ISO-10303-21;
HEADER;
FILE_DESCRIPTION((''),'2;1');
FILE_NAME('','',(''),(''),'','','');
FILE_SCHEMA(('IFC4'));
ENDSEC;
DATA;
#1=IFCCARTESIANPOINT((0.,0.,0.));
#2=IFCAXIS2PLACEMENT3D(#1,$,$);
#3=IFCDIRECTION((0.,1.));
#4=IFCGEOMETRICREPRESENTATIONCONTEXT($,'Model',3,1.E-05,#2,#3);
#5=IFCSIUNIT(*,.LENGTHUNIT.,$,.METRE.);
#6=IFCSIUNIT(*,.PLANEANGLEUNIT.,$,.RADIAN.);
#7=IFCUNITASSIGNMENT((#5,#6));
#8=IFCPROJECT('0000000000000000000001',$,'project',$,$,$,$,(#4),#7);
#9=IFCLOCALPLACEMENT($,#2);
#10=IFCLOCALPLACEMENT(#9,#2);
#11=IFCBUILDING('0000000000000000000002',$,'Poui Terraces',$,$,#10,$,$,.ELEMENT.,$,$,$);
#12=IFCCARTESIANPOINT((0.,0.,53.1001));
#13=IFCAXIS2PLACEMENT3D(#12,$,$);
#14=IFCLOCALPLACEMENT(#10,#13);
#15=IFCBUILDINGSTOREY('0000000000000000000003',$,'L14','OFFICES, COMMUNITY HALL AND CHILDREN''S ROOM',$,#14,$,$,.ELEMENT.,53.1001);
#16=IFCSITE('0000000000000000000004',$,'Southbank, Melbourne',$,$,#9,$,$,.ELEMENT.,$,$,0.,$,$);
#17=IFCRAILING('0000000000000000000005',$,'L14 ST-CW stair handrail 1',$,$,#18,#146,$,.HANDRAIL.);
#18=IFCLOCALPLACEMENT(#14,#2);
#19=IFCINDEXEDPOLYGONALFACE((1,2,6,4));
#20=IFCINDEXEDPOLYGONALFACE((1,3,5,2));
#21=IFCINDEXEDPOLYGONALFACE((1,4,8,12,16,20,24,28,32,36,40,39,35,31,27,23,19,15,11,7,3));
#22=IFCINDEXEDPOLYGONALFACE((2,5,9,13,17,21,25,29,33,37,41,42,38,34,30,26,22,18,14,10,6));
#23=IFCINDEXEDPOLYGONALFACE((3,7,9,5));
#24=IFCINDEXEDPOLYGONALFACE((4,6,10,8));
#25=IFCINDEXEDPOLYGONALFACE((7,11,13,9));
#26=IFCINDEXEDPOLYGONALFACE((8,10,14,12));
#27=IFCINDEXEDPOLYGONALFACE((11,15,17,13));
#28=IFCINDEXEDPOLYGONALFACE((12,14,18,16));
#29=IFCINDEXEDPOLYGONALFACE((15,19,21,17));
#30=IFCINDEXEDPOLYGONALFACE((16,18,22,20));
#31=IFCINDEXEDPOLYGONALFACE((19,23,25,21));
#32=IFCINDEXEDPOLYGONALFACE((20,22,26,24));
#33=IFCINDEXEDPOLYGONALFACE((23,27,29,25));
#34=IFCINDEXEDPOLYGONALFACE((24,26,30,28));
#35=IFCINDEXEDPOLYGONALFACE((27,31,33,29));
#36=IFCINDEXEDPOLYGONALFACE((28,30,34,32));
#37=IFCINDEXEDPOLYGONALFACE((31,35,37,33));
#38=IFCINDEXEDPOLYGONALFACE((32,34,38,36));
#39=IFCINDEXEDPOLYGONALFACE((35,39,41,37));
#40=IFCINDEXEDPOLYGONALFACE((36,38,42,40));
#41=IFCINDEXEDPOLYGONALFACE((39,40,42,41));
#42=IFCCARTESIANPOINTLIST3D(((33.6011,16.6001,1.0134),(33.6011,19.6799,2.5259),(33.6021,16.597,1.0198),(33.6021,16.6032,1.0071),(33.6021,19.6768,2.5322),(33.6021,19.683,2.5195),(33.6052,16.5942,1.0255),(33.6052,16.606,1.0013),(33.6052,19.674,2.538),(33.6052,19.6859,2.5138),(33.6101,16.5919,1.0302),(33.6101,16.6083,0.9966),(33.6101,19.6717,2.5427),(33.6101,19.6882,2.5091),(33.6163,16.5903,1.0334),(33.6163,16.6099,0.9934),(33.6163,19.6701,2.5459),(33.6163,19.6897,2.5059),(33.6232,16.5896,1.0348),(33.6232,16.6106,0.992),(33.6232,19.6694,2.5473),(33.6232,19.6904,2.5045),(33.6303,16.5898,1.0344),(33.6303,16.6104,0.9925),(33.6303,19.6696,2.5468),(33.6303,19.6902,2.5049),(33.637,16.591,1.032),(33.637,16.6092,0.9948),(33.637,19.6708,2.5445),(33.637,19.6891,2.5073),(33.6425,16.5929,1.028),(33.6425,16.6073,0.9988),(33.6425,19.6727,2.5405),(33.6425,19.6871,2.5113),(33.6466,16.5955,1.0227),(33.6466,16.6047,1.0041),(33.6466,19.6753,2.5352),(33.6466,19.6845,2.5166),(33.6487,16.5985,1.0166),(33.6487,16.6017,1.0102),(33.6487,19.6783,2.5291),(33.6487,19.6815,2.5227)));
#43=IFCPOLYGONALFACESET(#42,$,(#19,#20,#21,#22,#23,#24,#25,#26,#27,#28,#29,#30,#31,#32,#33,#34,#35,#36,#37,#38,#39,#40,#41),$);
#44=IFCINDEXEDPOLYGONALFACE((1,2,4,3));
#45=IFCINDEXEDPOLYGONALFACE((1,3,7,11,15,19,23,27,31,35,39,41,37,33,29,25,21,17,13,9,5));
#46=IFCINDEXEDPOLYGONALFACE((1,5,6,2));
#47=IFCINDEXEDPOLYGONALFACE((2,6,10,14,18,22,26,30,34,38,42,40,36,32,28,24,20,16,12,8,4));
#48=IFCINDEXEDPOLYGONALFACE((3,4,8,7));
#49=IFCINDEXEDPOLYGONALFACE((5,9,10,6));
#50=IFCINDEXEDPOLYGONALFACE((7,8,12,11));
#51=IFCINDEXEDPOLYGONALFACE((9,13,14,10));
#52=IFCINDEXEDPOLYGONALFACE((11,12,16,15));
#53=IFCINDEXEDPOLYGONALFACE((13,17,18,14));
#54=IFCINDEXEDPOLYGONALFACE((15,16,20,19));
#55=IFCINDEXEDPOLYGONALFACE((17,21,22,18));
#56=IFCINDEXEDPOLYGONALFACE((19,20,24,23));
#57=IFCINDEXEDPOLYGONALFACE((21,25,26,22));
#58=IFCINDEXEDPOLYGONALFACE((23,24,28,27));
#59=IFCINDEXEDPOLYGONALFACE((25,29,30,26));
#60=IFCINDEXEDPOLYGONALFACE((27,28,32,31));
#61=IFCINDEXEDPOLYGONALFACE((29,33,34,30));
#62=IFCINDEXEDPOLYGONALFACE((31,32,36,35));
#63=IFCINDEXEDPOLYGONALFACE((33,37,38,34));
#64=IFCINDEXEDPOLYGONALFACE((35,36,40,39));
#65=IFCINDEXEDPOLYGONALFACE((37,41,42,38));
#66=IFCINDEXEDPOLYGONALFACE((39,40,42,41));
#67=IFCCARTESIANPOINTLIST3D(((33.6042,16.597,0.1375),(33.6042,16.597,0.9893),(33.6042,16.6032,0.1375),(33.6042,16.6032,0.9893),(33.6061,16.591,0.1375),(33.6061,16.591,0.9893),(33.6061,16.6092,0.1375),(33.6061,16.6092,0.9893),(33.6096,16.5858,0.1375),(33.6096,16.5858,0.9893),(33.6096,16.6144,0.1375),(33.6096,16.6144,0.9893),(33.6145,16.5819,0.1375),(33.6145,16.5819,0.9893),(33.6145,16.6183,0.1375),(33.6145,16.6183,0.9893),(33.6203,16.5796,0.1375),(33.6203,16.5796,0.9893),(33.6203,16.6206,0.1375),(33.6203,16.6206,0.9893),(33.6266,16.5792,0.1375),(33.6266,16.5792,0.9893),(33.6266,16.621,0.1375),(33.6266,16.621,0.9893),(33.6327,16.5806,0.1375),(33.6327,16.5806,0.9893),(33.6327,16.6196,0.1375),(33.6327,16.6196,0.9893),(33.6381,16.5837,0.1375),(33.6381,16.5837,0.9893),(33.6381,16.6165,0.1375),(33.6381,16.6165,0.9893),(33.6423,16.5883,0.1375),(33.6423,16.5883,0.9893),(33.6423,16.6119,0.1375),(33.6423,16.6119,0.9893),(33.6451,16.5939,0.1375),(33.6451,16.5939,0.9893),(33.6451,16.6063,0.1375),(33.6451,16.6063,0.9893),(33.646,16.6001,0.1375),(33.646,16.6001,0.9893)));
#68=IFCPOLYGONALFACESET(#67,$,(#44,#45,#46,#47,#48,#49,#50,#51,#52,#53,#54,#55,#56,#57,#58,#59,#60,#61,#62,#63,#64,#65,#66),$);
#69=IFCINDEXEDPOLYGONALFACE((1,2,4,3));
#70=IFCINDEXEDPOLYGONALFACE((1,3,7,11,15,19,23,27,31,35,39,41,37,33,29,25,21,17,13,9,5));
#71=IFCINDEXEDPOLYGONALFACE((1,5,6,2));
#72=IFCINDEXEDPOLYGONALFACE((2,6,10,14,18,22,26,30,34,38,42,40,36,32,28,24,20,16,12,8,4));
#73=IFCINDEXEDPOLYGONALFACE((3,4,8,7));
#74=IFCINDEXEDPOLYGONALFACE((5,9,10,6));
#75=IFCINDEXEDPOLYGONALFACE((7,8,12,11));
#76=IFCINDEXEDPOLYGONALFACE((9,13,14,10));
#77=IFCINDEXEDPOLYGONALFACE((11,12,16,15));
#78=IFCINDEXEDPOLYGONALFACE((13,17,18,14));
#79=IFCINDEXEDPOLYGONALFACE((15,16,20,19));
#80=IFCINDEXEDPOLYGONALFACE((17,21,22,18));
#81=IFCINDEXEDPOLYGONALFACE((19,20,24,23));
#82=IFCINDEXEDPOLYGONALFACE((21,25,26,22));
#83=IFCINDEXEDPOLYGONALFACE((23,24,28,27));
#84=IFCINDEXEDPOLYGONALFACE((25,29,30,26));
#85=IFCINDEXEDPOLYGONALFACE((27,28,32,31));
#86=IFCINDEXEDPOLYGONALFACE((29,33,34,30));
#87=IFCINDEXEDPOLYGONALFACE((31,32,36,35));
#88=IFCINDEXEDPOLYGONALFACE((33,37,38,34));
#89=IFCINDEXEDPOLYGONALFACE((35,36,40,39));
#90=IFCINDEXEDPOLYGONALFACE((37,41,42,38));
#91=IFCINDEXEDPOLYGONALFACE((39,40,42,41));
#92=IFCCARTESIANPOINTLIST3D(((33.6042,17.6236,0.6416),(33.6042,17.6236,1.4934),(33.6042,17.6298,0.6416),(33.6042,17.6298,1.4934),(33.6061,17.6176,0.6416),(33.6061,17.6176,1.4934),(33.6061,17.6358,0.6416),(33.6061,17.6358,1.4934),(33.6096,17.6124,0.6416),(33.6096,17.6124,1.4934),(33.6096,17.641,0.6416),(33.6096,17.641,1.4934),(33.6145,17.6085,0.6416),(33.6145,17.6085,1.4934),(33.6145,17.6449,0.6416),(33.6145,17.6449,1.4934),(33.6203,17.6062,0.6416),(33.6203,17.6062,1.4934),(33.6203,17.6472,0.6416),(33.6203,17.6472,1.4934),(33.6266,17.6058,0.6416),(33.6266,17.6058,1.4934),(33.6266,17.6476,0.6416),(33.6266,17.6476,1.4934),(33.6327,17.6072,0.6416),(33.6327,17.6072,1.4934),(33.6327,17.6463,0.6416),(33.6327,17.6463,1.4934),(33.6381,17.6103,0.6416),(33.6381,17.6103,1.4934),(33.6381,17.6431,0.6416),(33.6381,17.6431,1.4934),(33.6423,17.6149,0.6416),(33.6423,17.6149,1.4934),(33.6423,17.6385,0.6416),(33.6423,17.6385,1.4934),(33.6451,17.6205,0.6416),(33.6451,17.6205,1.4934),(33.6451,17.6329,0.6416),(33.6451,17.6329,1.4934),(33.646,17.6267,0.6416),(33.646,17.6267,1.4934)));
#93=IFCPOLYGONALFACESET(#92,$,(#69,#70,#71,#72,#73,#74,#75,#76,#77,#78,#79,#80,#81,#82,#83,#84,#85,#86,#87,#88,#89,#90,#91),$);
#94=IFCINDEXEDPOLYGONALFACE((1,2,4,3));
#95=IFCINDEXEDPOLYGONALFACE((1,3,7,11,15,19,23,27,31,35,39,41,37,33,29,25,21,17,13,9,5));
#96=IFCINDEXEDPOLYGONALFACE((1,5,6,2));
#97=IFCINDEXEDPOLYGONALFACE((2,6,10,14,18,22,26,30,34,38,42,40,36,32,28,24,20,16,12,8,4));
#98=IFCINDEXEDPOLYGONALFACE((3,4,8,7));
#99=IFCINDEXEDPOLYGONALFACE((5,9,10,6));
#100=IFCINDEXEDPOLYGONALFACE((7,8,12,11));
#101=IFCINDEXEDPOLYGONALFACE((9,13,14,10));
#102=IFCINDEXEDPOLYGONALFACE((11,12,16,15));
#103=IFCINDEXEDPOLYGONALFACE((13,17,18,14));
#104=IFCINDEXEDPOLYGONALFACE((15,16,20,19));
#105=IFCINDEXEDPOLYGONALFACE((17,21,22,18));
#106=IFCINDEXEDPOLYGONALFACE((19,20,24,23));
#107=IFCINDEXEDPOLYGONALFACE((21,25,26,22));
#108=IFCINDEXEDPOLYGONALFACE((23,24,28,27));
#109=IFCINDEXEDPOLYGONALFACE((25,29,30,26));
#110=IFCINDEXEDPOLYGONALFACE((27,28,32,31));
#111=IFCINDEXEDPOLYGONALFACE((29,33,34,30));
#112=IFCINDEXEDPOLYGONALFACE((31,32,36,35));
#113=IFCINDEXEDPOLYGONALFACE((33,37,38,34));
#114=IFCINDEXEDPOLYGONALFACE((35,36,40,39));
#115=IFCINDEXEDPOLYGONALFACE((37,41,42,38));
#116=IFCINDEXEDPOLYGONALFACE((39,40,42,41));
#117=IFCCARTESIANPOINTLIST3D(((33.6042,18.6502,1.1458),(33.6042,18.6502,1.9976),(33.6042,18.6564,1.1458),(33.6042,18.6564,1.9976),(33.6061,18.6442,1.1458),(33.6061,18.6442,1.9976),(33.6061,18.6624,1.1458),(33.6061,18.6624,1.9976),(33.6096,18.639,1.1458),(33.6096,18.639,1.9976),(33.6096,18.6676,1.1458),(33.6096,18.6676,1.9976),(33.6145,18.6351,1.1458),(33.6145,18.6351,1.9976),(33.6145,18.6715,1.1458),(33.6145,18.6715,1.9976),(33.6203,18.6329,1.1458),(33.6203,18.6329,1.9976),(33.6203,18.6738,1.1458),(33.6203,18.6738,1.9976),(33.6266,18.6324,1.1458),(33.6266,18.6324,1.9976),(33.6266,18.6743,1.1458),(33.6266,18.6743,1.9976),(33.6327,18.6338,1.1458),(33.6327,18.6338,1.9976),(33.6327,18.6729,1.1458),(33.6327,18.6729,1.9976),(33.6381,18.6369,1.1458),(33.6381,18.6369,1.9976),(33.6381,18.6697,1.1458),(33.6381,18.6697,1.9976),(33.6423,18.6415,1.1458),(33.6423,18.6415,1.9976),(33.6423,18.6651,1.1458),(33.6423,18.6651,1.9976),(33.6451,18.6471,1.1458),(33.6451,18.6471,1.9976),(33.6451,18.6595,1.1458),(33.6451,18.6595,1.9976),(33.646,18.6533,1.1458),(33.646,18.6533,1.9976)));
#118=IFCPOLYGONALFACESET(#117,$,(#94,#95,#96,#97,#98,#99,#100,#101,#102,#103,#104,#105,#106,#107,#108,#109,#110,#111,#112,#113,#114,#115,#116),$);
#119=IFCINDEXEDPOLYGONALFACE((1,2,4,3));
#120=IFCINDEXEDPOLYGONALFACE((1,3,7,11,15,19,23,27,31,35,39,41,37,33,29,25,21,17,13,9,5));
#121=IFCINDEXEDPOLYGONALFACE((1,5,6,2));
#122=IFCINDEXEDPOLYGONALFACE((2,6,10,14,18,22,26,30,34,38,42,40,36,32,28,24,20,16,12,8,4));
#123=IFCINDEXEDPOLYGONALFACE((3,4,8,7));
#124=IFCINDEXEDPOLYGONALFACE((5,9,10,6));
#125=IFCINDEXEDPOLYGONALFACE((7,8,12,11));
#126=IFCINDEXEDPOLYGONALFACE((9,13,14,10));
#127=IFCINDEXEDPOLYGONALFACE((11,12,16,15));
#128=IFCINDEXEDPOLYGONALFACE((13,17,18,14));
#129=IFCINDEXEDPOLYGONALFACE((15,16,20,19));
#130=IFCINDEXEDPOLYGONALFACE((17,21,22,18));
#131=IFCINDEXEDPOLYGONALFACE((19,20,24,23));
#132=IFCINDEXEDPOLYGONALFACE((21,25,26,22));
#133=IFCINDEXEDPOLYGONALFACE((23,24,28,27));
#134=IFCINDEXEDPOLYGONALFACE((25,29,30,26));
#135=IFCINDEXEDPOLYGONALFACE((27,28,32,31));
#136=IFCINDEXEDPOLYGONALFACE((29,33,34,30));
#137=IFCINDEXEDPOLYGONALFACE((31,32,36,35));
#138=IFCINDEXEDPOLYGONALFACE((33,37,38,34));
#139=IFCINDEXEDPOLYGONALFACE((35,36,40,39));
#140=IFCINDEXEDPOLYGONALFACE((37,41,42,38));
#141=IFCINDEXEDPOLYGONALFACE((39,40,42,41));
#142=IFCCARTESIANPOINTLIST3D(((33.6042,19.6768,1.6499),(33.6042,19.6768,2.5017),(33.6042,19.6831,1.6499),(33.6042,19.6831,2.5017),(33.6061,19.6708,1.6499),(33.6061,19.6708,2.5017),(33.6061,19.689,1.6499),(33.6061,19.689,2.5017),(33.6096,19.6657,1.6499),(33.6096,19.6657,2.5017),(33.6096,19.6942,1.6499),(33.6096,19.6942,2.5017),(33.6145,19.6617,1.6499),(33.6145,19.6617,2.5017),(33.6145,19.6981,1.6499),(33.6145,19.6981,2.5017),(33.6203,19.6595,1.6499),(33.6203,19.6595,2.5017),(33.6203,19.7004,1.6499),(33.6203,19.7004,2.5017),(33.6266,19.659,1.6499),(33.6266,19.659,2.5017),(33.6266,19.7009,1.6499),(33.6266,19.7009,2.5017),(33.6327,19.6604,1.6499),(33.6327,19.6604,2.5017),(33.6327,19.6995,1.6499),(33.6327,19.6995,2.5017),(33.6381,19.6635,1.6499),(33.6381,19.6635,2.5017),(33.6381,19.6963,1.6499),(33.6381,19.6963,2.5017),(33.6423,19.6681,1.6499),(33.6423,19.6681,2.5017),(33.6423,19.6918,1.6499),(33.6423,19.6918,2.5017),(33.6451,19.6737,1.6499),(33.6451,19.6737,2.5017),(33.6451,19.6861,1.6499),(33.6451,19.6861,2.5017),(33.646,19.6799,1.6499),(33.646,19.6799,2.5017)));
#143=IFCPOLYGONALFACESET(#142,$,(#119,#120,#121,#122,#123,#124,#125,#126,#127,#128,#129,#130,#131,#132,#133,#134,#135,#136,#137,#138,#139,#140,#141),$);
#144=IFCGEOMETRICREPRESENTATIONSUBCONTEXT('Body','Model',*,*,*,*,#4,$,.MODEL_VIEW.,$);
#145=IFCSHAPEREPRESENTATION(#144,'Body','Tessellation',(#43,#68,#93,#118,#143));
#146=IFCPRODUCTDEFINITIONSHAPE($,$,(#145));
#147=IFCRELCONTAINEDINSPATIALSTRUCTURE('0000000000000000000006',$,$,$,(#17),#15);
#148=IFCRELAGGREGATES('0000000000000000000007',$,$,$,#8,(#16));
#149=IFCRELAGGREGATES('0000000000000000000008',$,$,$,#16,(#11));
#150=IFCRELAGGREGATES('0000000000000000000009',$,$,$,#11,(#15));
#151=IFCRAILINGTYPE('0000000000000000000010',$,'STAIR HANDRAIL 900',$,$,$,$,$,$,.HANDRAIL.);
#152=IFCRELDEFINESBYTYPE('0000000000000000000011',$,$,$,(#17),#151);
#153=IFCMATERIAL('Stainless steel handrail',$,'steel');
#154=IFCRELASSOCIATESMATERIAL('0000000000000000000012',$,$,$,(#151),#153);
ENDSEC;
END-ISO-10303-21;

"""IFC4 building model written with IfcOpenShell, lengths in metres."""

from ifc_helpers import new_model, si_unit, direction, frame, origin, origin_2d, place, context, subcontext, project, spatial, circle, extrude, material, type_object, element, save


model = new_model("IFC4")

# Units and contexts
model_context = context("Model", 3, precision=1e-05, world=origin(), true_north=direction((0.0, 1.0)))
body_context = subcontext(model_context, "Body", "Model", "MODEL_VIEW")
ifc_project = project(units=[si_unit("LENGTHUNIT", "METRE"), si_unit("PLANEANGLEUNIT", "RADIAN")], contexts=[model_context])

# Site, building, storey
site_placement = place(None, origin())
site = spatial("IfcSite", under=ifc_project, at=site_placement, Name="Southbank, Melbourne", CompositionType="ELEMENT", RefElevation=0.0)
building_placement = place(site_placement, origin())
building = spatial("IfcBuilding", under=site, at=building_placement, Name="Poui Terraces", CompositionType="ELEMENT")
storey_placement = place(building_placement, frame((0.0, 0.0, 53.1001)))
storey = spatial("IfcBuildingStorey", under=building, at=storey_placement, Name="L14", Description="OFFICES, COMMUNITY HALL AND CHILDREN'S ROOM", CompositionType="ELEMENT", Elevation=53.1001)

# Railing
ifc_material_1 = material(Name="Stainless steel handrail", Category="steel")
railing_type_1 = type_object("IfcRailingType", Name="STAIR HANDRAIL 900", PredefinedType="HANDRAIL", material=ifc_material_1)
railing_1_placement = place(storey_placement, frame((33.625, 16.6001, 0.1375)))
element("IfcRailing", 1, at=railing_1_placement, inside=storey, type_object=railing_type_1, Name="L14 ST-CW stair handrail 1", PredefinedType="HANDRAIL", context=body_context, shape_type="SweptSolid", body=[
    extrude(circle(Radius=0.0239, at=origin_2d()), frame((0.0, 0.0, 0.876), z_axis=(0.0, 0.897606, 0.440798), x_axis=(-1.0, 0.0, 0.0)), (0.0, 0.0, 1.0), 3.4312),
    extrude(circle(Radius=0.021, at=origin_2d()), origin(), (0.0, 0.0, 1.0), 0.8518),
    extrude(circle(Radius=0.021, at=origin_2d()), frame((0.0, 1.0266, 0.5042)), (0.0, 0.0, 1.0), 0.8518),
    extrude(circle(Radius=0.021, at=origin_2d()), frame((0.0, 2.0532, 1.0083)), (0.0, 0.0, 1.0), 0.8518),
    extrude(circle(Radius=0.021, at=origin_2d()), frame((0.0, 3.0798, 1.5125)), (0.0, 0.0, 1.0), 0.8518),
])

save(model, "model.ifc")
